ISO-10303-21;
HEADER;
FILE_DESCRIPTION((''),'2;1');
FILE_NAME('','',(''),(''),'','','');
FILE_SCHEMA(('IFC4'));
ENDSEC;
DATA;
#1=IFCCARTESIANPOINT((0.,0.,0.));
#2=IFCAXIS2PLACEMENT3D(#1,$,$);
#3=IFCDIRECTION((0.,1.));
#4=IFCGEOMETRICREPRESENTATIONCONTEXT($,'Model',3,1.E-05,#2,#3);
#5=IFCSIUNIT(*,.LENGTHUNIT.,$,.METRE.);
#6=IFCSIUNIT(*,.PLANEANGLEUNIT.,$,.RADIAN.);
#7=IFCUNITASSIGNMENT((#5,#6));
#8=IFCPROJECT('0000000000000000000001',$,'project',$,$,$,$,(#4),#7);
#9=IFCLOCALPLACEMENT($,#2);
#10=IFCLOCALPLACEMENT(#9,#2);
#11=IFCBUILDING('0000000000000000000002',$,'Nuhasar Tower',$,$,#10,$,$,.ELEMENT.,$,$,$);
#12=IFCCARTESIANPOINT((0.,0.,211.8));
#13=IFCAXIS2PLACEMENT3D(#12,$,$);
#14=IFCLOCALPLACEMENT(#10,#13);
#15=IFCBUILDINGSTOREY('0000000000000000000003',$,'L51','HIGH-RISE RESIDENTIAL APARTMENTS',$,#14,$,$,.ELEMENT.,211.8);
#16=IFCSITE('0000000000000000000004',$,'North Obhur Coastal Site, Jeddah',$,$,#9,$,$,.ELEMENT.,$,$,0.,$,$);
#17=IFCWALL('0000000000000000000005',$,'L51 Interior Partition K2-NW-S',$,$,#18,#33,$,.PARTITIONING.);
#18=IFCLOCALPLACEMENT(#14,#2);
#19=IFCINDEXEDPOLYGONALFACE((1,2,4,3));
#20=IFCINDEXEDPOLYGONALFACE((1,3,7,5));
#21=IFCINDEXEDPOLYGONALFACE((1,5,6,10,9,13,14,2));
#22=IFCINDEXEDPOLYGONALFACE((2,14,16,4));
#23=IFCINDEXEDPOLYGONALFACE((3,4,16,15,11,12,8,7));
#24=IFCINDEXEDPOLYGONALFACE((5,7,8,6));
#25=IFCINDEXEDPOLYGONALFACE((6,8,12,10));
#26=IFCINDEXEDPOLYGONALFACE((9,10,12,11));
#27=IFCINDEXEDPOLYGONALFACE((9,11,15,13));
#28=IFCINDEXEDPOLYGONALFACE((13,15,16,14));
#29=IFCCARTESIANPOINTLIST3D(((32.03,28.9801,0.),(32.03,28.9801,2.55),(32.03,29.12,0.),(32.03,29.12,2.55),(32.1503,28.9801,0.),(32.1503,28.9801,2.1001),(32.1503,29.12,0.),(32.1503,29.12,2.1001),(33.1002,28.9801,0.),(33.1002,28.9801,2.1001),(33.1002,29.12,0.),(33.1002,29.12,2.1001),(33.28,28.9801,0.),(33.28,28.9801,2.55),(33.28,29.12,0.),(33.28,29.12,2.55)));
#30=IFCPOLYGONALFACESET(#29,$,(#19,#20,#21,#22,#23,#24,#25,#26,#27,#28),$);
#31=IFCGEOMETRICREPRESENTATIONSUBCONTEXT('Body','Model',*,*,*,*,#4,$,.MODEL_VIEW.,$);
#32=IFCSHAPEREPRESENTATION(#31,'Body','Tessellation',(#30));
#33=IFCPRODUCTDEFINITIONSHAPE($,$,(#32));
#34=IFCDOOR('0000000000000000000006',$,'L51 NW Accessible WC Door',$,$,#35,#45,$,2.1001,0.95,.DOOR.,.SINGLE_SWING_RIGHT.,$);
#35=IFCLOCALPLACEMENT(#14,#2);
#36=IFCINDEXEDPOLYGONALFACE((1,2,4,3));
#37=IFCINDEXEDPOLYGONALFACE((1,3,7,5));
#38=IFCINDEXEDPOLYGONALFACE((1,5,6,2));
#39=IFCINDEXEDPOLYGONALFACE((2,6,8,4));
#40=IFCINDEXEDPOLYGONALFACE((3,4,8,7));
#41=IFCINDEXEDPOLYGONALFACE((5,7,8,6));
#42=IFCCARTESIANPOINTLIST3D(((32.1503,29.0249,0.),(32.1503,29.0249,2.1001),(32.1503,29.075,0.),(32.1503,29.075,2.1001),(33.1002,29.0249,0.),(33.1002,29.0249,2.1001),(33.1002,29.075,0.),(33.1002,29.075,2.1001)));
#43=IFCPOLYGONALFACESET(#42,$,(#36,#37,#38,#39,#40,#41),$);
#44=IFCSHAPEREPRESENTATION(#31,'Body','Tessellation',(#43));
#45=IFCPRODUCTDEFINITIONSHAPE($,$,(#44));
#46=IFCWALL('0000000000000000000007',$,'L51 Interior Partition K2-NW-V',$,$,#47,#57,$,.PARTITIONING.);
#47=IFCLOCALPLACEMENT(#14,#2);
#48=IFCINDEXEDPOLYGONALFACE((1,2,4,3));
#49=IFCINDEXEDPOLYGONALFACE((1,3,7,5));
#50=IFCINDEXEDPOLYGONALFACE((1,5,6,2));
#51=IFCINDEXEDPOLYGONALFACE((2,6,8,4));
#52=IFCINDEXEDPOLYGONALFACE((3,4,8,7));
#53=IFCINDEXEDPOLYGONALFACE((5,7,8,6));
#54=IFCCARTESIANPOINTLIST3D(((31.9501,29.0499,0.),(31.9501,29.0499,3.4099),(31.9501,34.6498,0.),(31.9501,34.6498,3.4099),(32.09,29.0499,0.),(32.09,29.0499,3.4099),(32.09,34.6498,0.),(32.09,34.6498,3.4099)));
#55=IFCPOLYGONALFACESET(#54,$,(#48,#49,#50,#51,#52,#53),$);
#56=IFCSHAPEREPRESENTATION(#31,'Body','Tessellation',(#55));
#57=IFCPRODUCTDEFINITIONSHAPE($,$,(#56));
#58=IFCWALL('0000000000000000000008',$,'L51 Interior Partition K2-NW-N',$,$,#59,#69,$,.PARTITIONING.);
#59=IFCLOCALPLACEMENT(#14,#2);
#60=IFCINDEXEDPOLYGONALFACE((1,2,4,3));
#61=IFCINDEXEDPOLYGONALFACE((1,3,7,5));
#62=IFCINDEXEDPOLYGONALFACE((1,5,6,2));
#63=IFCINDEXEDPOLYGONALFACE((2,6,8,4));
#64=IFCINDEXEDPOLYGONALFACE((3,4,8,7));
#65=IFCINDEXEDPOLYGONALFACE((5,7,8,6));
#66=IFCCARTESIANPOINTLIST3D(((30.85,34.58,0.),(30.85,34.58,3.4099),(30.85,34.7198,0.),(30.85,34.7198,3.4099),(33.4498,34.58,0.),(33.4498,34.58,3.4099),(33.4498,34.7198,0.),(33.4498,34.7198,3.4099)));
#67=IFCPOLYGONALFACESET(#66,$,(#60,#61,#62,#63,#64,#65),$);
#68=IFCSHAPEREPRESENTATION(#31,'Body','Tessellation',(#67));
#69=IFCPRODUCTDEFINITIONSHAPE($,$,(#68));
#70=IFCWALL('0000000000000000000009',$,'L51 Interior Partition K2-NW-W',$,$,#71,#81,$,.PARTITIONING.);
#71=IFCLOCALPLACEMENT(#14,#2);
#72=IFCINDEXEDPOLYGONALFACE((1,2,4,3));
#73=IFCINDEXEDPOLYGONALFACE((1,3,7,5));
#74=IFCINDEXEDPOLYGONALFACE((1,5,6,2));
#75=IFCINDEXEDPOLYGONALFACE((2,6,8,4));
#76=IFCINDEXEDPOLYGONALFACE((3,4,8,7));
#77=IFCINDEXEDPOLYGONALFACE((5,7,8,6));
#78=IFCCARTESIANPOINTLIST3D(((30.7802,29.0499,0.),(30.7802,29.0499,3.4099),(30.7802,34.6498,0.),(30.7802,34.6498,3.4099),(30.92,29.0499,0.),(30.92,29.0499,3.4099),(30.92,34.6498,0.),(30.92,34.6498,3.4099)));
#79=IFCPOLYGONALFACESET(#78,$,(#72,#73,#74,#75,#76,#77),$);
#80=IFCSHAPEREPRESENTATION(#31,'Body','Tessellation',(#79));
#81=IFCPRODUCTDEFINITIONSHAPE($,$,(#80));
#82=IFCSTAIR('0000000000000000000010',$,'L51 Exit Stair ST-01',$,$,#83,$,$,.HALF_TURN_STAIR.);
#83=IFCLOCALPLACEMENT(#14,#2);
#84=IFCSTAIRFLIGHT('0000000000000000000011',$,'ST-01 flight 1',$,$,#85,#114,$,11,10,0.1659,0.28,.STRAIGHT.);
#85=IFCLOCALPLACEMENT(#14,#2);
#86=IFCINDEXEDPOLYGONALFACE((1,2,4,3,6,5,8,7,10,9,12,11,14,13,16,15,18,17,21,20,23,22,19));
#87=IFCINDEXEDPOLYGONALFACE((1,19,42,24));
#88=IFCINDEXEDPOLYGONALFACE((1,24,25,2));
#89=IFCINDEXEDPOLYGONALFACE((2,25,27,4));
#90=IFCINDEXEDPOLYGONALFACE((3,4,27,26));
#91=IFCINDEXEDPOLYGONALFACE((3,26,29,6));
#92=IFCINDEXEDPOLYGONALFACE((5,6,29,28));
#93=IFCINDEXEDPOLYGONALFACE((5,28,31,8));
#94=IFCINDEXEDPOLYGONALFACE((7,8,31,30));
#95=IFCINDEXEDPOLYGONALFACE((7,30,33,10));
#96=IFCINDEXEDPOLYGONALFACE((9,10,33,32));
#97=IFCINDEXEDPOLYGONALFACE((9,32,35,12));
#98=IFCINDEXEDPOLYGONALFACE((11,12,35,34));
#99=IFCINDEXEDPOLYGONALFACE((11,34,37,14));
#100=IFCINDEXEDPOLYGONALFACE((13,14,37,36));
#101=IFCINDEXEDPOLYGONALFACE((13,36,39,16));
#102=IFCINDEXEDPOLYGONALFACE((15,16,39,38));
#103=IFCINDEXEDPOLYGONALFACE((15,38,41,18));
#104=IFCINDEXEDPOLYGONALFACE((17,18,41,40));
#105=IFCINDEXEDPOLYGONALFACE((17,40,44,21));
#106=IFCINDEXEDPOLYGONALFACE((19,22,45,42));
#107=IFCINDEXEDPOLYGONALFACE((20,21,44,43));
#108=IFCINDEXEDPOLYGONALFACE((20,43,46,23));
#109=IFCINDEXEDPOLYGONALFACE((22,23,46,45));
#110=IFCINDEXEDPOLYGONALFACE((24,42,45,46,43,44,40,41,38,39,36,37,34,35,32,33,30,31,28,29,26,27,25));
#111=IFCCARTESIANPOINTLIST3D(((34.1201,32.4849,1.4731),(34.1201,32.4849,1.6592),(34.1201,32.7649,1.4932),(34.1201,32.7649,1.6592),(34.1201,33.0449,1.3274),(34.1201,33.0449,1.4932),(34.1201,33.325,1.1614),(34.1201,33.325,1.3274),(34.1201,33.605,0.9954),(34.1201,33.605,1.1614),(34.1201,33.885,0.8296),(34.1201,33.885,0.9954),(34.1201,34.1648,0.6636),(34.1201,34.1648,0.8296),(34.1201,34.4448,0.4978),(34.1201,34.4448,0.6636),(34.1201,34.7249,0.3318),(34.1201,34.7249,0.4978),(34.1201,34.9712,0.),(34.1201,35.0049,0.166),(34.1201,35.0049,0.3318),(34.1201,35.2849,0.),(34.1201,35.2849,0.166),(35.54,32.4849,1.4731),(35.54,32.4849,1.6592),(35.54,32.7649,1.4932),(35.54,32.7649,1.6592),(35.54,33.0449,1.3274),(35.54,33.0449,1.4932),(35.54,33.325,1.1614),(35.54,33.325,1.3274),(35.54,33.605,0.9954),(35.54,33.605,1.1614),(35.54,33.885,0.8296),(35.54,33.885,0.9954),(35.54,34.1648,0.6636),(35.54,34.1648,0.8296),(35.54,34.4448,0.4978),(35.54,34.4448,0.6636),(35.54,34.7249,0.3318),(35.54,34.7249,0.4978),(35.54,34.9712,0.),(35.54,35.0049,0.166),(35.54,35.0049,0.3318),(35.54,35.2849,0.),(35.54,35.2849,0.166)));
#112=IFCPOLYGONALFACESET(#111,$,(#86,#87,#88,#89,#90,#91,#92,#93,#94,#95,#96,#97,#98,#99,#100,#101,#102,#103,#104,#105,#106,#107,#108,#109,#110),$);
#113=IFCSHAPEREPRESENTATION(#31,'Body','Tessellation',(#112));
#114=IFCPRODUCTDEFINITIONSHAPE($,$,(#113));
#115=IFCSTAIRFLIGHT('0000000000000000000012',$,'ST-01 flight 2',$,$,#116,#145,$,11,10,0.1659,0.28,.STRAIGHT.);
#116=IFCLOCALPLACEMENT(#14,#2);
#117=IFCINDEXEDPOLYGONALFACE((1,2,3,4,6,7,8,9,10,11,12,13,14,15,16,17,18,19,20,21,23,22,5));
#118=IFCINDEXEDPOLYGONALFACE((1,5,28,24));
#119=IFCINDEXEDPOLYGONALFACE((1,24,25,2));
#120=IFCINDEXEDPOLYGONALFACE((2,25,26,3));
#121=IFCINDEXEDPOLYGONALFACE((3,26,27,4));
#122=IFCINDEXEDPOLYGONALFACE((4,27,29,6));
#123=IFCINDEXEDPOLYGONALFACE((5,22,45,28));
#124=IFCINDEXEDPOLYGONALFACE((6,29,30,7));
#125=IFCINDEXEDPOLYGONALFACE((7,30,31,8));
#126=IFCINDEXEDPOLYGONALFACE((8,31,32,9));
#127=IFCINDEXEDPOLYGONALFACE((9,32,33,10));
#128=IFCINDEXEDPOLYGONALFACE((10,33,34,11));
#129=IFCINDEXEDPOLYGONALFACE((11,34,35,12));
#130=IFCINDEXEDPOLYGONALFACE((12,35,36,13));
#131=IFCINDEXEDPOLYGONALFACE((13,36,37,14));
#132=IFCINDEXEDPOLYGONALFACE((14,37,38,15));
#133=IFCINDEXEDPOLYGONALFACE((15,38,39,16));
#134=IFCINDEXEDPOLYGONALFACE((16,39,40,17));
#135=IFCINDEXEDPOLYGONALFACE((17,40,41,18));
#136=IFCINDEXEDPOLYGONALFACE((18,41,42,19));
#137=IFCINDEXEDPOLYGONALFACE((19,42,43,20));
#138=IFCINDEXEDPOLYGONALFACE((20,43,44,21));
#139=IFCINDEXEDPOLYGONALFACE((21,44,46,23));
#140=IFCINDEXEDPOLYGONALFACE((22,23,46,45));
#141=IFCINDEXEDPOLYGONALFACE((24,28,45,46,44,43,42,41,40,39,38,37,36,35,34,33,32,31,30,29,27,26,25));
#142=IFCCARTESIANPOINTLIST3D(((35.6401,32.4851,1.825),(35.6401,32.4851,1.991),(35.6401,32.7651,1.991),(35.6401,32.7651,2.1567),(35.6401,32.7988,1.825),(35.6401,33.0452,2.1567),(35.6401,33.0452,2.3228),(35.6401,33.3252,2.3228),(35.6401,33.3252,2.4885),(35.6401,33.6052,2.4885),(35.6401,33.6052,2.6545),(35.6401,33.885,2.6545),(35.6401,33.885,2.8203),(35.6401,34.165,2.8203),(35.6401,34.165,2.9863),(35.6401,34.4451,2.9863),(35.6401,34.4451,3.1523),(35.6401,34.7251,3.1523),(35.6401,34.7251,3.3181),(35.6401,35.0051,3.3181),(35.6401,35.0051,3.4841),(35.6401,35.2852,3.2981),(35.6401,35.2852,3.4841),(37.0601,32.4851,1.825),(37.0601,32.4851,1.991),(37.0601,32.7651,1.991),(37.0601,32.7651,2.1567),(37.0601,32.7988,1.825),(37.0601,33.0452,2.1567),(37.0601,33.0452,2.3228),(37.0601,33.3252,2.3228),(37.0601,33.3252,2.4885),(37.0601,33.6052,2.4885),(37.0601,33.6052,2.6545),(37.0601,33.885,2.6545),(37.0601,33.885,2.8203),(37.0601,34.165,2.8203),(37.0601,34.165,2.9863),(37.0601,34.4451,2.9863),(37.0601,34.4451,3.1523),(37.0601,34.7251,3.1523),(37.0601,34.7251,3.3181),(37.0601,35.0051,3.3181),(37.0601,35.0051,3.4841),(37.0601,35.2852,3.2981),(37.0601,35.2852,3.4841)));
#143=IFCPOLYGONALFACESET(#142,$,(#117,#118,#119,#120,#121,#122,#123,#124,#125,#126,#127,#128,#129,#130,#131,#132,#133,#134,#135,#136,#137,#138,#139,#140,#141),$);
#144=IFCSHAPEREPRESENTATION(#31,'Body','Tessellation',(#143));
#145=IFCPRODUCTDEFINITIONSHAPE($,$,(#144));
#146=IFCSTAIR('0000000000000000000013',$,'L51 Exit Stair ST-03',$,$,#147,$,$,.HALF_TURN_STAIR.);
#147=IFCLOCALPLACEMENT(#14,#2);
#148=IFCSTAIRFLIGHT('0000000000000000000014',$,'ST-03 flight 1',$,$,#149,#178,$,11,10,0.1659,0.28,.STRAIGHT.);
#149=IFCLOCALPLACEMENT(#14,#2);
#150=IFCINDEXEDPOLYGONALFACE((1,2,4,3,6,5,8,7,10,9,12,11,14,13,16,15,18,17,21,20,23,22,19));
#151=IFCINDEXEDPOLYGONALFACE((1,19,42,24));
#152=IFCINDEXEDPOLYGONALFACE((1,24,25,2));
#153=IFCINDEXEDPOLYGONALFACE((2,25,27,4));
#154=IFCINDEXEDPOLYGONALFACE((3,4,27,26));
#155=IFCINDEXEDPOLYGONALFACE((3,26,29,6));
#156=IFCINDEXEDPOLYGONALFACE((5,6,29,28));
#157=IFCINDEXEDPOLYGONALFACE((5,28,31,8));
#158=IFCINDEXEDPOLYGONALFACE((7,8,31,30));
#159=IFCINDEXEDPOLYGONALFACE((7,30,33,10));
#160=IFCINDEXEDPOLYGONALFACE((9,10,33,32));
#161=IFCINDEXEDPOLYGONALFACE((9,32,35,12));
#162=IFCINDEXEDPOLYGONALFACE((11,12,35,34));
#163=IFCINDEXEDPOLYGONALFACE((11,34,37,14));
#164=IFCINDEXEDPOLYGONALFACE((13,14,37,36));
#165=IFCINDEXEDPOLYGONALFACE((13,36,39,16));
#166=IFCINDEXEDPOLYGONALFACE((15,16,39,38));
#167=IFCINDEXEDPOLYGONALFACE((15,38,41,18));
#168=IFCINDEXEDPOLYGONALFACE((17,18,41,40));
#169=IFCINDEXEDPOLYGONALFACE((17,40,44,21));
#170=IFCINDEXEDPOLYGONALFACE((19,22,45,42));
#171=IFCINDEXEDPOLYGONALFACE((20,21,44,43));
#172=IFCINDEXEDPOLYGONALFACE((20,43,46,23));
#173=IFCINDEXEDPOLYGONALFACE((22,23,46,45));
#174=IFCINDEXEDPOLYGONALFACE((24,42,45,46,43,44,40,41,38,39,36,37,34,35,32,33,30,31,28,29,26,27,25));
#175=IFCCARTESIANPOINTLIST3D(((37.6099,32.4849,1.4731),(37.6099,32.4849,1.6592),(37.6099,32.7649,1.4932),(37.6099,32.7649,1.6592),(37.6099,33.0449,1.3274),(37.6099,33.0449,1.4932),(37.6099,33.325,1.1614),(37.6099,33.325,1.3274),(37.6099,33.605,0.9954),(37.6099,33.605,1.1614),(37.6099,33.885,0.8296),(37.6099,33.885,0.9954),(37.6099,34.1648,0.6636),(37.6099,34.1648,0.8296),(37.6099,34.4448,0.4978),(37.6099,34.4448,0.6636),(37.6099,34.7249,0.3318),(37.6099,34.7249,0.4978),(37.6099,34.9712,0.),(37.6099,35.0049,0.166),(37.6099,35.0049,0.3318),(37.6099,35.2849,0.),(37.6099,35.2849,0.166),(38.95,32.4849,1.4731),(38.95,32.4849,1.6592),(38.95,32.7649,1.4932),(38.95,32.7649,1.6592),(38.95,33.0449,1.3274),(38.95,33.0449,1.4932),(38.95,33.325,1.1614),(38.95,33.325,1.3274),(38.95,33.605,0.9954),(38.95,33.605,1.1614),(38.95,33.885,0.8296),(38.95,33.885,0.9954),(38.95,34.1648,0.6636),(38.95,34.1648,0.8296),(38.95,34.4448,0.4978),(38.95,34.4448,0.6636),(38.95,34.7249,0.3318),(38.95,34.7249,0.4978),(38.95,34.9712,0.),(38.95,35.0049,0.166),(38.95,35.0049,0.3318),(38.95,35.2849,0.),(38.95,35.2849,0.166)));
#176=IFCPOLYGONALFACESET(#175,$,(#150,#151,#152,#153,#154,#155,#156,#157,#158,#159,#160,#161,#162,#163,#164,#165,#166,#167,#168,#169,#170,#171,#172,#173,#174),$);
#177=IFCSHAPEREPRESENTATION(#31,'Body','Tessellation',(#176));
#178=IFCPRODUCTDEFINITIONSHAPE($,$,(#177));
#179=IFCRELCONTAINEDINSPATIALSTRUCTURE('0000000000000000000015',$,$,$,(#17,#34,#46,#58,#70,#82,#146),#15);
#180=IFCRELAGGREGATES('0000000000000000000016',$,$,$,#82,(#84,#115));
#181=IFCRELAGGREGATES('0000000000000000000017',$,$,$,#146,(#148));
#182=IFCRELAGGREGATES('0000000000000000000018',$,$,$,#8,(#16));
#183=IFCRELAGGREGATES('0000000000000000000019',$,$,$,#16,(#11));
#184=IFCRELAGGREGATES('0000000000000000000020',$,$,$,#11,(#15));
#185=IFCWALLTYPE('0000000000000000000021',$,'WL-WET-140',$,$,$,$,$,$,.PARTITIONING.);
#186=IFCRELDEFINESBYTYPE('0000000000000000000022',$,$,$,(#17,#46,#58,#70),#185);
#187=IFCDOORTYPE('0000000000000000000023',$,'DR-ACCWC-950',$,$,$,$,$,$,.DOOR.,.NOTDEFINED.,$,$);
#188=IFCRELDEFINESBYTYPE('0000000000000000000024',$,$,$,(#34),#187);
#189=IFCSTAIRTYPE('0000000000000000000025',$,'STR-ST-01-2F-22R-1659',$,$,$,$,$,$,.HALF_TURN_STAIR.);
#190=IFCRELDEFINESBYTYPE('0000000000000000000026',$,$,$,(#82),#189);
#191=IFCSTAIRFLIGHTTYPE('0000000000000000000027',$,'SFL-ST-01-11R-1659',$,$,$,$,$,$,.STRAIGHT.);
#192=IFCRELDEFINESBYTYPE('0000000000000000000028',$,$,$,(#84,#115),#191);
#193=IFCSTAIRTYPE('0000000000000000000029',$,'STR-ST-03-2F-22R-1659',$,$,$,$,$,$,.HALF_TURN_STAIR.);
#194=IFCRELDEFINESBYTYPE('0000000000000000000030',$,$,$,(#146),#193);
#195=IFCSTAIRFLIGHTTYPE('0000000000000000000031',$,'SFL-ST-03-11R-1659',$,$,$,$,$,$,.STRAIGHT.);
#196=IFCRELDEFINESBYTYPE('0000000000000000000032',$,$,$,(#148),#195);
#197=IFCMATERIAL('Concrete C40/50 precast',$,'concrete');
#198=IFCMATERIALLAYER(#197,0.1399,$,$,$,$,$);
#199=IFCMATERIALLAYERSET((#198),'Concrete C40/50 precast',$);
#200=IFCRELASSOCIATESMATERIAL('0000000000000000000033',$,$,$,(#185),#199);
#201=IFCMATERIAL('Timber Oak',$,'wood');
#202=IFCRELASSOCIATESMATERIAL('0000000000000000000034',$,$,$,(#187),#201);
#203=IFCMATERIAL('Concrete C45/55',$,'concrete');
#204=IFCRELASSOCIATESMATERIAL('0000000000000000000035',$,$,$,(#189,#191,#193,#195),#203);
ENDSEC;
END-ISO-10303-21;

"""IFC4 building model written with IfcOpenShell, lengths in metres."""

from ifc_helpers import new_model, si_unit, direction, frame, frame_2d, origin, place, context, subcontext, project, spatial, polyline, rectangle, outline, extrude, material, layer, layer_set, type_object, element, fill, aggregate, save


model = new_model("IFC4")

# Units and contexts
model_context = context("Model", 3, precision=1e-05, world=origin(), true_north=direction((0.0, 1.0)))
body_context = subcontext(model_context, "Body", "Model", "MODEL_VIEW")
ifc_project = project(units=[si_unit("LENGTHUNIT", "METRE"), si_unit("PLANEANGLEUNIT", "RADIAN")], contexts=[model_context])

# Site, building, storey
site_placement = place(None, origin())
site = spatial("IfcSite", under=ifc_project, at=site_placement, Name="North Obhur Coastal Site, Jeddah", CompositionType="ELEMENT", RefElevation=0.0)
building_placement = place(site_placement, origin())
building = spatial("IfcBuilding", under=site, at=building_placement, Name="Nuhasar Tower", CompositionType="ELEMENT")
storey_placement = place(building_placement, frame((0.0, 0.0, 211.8)))
storey = spatial("IfcBuildingStorey", under=building, at=storey_placement, Name="L51", Description="HIGH-RISE RESIDENTIAL APARTMENTS", CompositionType="ELEMENT", Elevation=211.8)

# Shared definitions
ifc_material_1 = material(Name="Concrete C40/50 precast", Category="concrete")
ifc_layer_1 = layer(ifc_material_1, 0.1399)
ifc_layer_set_1 = layer_set([ifc_layer_1], Name="Concrete C40/50 precast")
wall_type_1 = type_object("IfcWallType", Name="WL-WET-140", PredefinedType="PARTITIONING", material=ifc_layer_set_1)

# Wall, opening, door
ifc_material_2 = material(Name="Timber Oak", Category="wood")
wall_1_placement = place(storey_placement, frame((32.03, 29.05, 0.0), z_axis=(0.0, 0.0, 1.0), x_axis=(1.0, 0.0, 0.0)))
wall_1 = element("IfcWall", 1, at=wall_1_placement, inside=storey, type_object=wall_type_1, Name="L51 Interior Partition K2-NW-S", PredefinedType="PARTITIONING", context=body_context, shape_type="SweptSolid", body=[
    extrude(rectangle(XDim=1.25, YDim=0.1399, at=frame_2d((0.625, 0.0))), origin(), (0.0, 0.0, 1.0), 2.55),
])
opening_1_placement = place(wall_1_placement, frame((0.1201, 0.0, 0.0)))
opening_1 = element("IfcOpeningElement", 2, at=opening_1_placement, cuts=wall_1, PredefinedType="OPENING", context=body_context, shape_type="SweptSolid", body=[
    extrude(rectangle(XDim=0.95, YDim=2.1001, at=frame_2d((0.4751, 1.05))), frame((0.0, 0.0801, 0.0), z_axis=(0.0, -1.0, 0.0), x_axis=(1.0, 0.0, 0.0)), (0.0, 0.0, 1.0), 0.1599),
])
door_type_1 = type_object("IfcDoorType", Name="DR-ACCWC-950", OperationType="NOTDEFINED", PredefinedType="DOOR", material=ifc_material_2)
door_1_placement = place(opening_1_placement, origin())
door_1 = element("IfcDoor", 3, at=door_1_placement, inside=storey, type_object=door_type_1, Name="L51 NW Accessible WC Door", OperationType="SINGLE_SWING_RIGHT", OverallHeight=2.1001, OverallWidth=0.95, PredefinedType="DOOR", context=body_context, shape_type="SweptSolid", body=[
    extrude(rectangle(XDim=0.95, YDim=2.1001, at=frame_2d((0.4751, 1.05))), frame((0.0, 0.0249, 0.0), z_axis=(0.0, -1.0, 0.0), x_axis=(1.0, 0.0, 0.0)), (0.0, 0.0, 1.0), 0.05),
])
fill(opening_1, door_1)

# Walls
wall_2_placement = place(storey_placement, frame((32.02, 29.05, 0.0), z_axis=(0.0, 0.0, 1.0), x_axis=(0.0, 1.0, 0.0)))
element("IfcWall", 4, at=wall_2_placement, inside=storey, type_object=wall_type_1, Name="L51 Interior Partition K2-NW-V", PredefinedType="PARTITIONING", context=body_context, shape_type="SweptSolid", body=[
    extrude(rectangle(XDim=5.5999, YDim=0.1399, at=frame_2d((2.7998, 0.0))), origin(), (0.0, 0.0, 1.0), 3.4099),
])
wall_3_placement = place(storey_placement, frame((30.8501, 34.6499, 0.0), z_axis=(0.0, 0.0, 1.0), x_axis=(1.0, 0.0, 0.0)))
element("IfcWall", 5, at=wall_3_placement, inside=storey, type_object=wall_type_1, Name="L51 Interior Partition K2-NW-N", PredefinedType="PARTITIONING", context=body_context, shape_type="SweptSolid", body=[
    extrude(rectangle(XDim=2.5999, YDim=0.1399, at=frame_2d((1.2998, 0.0))), origin(), (0.0, 0.0, 1.0), 3.4099),
])
wall_4_placement = place(storey_placement, frame((30.8501, 29.05, 0.0), z_axis=(0.0, 0.0, 1.0), x_axis=(0.0, 1.0, 0.0)))
element("IfcWall", 6, at=wall_4_placement, inside=storey, type_object=wall_type_1, Name="L51 Interior Partition K2-NW-W", PredefinedType="PARTITIONING", context=body_context, shape_type="SweptSolid", body=[
    extrude(rectangle(XDim=5.5999, YDim=0.1399, at=frame_2d((2.7998, 0.0))), origin(), (0.0, 0.0, 1.0), 3.4099),
])

# Stair, stair flights
ifc_material_3 = material(Name="Concrete C45/55", Category="concrete")
stair_type_1 = type_object("IfcStairType", Name="STR-ST-01-2F-22R-1659", PredefinedType="HALF_TURN_STAIR", material=ifc_material_3)
stair_1_placement = place(storey_placement, origin())
stair_1 = element("IfcStair", 7, at=stair_1_placement, inside=storey, type_object=stair_type_1, Name="L51 Exit Stair ST-01", PredefinedType="HALF_TURN_STAIR")
stair_flight_type_1 = type_object("IfcStairFlightType", Name="SFL-ST-01-11R-1659", PredefinedType="STRAIGHT", material=ifc_material_3)
stair_flight_1_placement = place(storey_placement, frame((34.8301, 35.2849, 0.0), z_axis=(0.0, 0.0, 1.0), x_axis=(0.0, -1.0, 0.0)))
stair_flight_1 = element("IfcStairFlight", 8, at=stair_flight_1_placement, type_object=stair_flight_type_1, Name="ST-01 flight 1", NumberOfRisers=11, NumberOfTreads=10, PredefinedType="STRAIGHT", RiserHeight=0.1659, TreadLength=0.28, context=body_context, shape_type="SweptSolid", body=[
    extrude(outline(polyline([(0.0, 0.0), (0.0, 0.166), (0.28, 0.166), (0.28, 0.3318), (0.5601, 0.3318), (0.5601, 0.4978), (0.8401, 0.4978), (0.8401, 0.6636), (1.1201, 0.6636), (1.1201, 0.8296), (1.3999, 0.8296), (1.3999, 0.9954), (1.6799, 0.9954), (1.6799, 1.1614), (1.96, 1.1614), (1.96, 1.3274), (2.24, 1.3274), (2.24, 1.4932), (2.52, 1.4932), (2.52, 1.6592), (2.8, 1.6592), (2.8, 1.825), (2.8, 1.4731), (0.3137, 0.0), (0.0, 0.0)])), frame((0.0, 0.71, 0.0), z_axis=(0.0, -1.0, 0.0), x_axis=(1.0, 0.0, 0.0)), (0.0, 0.0, 1.0), 1.4199),
])
stair_flight_2_placement = place(storey_placement, frame((36.3501, 32.4851, 1.825), z_axis=(0.0, 0.0, 1.0), x_axis=(0.0, 1.0, 0.0)))
stair_flight_2 = element("IfcStairFlight", 9, at=stair_flight_2_placement, type_object=stair_flight_type_1, Name="ST-01 flight 2", NumberOfRisers=11, NumberOfTreads=10, PredefinedType="STRAIGHT", RiserHeight=0.1659, TreadLength=0.28, context=body_context, shape_type="SweptSolid", body=[
    extrude(outline(polyline([(0.0, 0.0), (0.0, 0.166), (0.28, 0.166), (0.28, 0.3318), (0.5601, 0.3318), (0.5601, 0.4978), (0.8401, 0.4978), (0.8401, 0.6636), (1.1201, 0.6636), (1.1201, 0.8296), (1.3999, 0.8296), (1.3999, 0.9954), (1.6799, 0.9954), (1.6799, 1.1614), (1.96, 1.1614), (1.96, 1.3274), (2.24, 1.3274), (2.24, 1.4932), (2.52, 1.4932), (2.52, 1.6592), (2.8, 1.6592), (2.8, 1.825), (2.8, 1.4731), (0.3137, 0.0), (0.0, 0.0)])), frame((0.0, 0.71, 0.0), z_axis=(0.0, -1.0, 0.0), x_axis=(1.0, 0.0, 0.0)), (0.0, 0.0, 1.0), 1.4199),
])
aggregate(stair_1, [stair_flight_1, stair_flight_2])

# Stair, stair flight
stair_type_2 = type_object("IfcStairType", Name="STR-ST-03-2F-22R-1659", PredefinedType="HALF_TURN_STAIR", material=ifc_material_3)
stair_2_placement = place(storey_placement, origin())
stair_2 = element("IfcStair", 10, at=stair_2_placement, inside=storey, type_object=stair_type_2, Name="L51 Exit Stair ST-03", PredefinedType="HALF_TURN_STAIR")
stair_flight_type_2 = type_object("IfcStairFlightType", Name="SFL-ST-03-11R-1659", PredefinedType="STRAIGHT", material=ifc_material_3)
stair_flight_3_placement = place(storey_placement, frame((38.28, 35.2849, 0.0), z_axis=(0.0, 0.0, 1.0), x_axis=(0.0, -1.0, 0.0)))
stair_flight_3 = element("IfcStairFlight", 11, at=stair_flight_3_placement, type_object=stair_flight_type_2, Name="ST-03 flight 1", NumberOfRisers=11, NumberOfTreads=10, PredefinedType="STRAIGHT", RiserHeight=0.1659, TreadLength=0.28, context=body_context, shape_type="SweptSolid", body=[
    extrude(outline(polyline([(0.0, 0.0), (0.0, 0.166), (0.28, 0.166), (0.28, 0.3318), (0.5601, 0.3318), (0.5601, 0.4978), (0.8401, 0.4978), (0.8401, 0.6636), (1.1201, 0.6636), (1.1201, 0.8296), (1.3999, 0.8296), (1.3999, 0.9954), (1.6799, 0.9954), (1.6799, 1.1614), (1.96, 1.1614), (1.96, 1.3274), (2.24, 1.3274), (2.24, 1.4932), (2.52, 1.4932), (2.52, 1.6592), (2.8, 1.6592), (2.8, 1.825), (2.8, 1.4731), (0.3137, 0.0), (0.0, 0.0)])), frame((0.0, 0.6699, 0.0), z_axis=(0.0, -1.0, 0.0), x_axis=(1.0, 0.0, 0.0)), (0.0, 0.0, 1.0), 1.3401),
])
aggregate(stair_2, [stair_flight_3])

save(model, "model.ifc")
